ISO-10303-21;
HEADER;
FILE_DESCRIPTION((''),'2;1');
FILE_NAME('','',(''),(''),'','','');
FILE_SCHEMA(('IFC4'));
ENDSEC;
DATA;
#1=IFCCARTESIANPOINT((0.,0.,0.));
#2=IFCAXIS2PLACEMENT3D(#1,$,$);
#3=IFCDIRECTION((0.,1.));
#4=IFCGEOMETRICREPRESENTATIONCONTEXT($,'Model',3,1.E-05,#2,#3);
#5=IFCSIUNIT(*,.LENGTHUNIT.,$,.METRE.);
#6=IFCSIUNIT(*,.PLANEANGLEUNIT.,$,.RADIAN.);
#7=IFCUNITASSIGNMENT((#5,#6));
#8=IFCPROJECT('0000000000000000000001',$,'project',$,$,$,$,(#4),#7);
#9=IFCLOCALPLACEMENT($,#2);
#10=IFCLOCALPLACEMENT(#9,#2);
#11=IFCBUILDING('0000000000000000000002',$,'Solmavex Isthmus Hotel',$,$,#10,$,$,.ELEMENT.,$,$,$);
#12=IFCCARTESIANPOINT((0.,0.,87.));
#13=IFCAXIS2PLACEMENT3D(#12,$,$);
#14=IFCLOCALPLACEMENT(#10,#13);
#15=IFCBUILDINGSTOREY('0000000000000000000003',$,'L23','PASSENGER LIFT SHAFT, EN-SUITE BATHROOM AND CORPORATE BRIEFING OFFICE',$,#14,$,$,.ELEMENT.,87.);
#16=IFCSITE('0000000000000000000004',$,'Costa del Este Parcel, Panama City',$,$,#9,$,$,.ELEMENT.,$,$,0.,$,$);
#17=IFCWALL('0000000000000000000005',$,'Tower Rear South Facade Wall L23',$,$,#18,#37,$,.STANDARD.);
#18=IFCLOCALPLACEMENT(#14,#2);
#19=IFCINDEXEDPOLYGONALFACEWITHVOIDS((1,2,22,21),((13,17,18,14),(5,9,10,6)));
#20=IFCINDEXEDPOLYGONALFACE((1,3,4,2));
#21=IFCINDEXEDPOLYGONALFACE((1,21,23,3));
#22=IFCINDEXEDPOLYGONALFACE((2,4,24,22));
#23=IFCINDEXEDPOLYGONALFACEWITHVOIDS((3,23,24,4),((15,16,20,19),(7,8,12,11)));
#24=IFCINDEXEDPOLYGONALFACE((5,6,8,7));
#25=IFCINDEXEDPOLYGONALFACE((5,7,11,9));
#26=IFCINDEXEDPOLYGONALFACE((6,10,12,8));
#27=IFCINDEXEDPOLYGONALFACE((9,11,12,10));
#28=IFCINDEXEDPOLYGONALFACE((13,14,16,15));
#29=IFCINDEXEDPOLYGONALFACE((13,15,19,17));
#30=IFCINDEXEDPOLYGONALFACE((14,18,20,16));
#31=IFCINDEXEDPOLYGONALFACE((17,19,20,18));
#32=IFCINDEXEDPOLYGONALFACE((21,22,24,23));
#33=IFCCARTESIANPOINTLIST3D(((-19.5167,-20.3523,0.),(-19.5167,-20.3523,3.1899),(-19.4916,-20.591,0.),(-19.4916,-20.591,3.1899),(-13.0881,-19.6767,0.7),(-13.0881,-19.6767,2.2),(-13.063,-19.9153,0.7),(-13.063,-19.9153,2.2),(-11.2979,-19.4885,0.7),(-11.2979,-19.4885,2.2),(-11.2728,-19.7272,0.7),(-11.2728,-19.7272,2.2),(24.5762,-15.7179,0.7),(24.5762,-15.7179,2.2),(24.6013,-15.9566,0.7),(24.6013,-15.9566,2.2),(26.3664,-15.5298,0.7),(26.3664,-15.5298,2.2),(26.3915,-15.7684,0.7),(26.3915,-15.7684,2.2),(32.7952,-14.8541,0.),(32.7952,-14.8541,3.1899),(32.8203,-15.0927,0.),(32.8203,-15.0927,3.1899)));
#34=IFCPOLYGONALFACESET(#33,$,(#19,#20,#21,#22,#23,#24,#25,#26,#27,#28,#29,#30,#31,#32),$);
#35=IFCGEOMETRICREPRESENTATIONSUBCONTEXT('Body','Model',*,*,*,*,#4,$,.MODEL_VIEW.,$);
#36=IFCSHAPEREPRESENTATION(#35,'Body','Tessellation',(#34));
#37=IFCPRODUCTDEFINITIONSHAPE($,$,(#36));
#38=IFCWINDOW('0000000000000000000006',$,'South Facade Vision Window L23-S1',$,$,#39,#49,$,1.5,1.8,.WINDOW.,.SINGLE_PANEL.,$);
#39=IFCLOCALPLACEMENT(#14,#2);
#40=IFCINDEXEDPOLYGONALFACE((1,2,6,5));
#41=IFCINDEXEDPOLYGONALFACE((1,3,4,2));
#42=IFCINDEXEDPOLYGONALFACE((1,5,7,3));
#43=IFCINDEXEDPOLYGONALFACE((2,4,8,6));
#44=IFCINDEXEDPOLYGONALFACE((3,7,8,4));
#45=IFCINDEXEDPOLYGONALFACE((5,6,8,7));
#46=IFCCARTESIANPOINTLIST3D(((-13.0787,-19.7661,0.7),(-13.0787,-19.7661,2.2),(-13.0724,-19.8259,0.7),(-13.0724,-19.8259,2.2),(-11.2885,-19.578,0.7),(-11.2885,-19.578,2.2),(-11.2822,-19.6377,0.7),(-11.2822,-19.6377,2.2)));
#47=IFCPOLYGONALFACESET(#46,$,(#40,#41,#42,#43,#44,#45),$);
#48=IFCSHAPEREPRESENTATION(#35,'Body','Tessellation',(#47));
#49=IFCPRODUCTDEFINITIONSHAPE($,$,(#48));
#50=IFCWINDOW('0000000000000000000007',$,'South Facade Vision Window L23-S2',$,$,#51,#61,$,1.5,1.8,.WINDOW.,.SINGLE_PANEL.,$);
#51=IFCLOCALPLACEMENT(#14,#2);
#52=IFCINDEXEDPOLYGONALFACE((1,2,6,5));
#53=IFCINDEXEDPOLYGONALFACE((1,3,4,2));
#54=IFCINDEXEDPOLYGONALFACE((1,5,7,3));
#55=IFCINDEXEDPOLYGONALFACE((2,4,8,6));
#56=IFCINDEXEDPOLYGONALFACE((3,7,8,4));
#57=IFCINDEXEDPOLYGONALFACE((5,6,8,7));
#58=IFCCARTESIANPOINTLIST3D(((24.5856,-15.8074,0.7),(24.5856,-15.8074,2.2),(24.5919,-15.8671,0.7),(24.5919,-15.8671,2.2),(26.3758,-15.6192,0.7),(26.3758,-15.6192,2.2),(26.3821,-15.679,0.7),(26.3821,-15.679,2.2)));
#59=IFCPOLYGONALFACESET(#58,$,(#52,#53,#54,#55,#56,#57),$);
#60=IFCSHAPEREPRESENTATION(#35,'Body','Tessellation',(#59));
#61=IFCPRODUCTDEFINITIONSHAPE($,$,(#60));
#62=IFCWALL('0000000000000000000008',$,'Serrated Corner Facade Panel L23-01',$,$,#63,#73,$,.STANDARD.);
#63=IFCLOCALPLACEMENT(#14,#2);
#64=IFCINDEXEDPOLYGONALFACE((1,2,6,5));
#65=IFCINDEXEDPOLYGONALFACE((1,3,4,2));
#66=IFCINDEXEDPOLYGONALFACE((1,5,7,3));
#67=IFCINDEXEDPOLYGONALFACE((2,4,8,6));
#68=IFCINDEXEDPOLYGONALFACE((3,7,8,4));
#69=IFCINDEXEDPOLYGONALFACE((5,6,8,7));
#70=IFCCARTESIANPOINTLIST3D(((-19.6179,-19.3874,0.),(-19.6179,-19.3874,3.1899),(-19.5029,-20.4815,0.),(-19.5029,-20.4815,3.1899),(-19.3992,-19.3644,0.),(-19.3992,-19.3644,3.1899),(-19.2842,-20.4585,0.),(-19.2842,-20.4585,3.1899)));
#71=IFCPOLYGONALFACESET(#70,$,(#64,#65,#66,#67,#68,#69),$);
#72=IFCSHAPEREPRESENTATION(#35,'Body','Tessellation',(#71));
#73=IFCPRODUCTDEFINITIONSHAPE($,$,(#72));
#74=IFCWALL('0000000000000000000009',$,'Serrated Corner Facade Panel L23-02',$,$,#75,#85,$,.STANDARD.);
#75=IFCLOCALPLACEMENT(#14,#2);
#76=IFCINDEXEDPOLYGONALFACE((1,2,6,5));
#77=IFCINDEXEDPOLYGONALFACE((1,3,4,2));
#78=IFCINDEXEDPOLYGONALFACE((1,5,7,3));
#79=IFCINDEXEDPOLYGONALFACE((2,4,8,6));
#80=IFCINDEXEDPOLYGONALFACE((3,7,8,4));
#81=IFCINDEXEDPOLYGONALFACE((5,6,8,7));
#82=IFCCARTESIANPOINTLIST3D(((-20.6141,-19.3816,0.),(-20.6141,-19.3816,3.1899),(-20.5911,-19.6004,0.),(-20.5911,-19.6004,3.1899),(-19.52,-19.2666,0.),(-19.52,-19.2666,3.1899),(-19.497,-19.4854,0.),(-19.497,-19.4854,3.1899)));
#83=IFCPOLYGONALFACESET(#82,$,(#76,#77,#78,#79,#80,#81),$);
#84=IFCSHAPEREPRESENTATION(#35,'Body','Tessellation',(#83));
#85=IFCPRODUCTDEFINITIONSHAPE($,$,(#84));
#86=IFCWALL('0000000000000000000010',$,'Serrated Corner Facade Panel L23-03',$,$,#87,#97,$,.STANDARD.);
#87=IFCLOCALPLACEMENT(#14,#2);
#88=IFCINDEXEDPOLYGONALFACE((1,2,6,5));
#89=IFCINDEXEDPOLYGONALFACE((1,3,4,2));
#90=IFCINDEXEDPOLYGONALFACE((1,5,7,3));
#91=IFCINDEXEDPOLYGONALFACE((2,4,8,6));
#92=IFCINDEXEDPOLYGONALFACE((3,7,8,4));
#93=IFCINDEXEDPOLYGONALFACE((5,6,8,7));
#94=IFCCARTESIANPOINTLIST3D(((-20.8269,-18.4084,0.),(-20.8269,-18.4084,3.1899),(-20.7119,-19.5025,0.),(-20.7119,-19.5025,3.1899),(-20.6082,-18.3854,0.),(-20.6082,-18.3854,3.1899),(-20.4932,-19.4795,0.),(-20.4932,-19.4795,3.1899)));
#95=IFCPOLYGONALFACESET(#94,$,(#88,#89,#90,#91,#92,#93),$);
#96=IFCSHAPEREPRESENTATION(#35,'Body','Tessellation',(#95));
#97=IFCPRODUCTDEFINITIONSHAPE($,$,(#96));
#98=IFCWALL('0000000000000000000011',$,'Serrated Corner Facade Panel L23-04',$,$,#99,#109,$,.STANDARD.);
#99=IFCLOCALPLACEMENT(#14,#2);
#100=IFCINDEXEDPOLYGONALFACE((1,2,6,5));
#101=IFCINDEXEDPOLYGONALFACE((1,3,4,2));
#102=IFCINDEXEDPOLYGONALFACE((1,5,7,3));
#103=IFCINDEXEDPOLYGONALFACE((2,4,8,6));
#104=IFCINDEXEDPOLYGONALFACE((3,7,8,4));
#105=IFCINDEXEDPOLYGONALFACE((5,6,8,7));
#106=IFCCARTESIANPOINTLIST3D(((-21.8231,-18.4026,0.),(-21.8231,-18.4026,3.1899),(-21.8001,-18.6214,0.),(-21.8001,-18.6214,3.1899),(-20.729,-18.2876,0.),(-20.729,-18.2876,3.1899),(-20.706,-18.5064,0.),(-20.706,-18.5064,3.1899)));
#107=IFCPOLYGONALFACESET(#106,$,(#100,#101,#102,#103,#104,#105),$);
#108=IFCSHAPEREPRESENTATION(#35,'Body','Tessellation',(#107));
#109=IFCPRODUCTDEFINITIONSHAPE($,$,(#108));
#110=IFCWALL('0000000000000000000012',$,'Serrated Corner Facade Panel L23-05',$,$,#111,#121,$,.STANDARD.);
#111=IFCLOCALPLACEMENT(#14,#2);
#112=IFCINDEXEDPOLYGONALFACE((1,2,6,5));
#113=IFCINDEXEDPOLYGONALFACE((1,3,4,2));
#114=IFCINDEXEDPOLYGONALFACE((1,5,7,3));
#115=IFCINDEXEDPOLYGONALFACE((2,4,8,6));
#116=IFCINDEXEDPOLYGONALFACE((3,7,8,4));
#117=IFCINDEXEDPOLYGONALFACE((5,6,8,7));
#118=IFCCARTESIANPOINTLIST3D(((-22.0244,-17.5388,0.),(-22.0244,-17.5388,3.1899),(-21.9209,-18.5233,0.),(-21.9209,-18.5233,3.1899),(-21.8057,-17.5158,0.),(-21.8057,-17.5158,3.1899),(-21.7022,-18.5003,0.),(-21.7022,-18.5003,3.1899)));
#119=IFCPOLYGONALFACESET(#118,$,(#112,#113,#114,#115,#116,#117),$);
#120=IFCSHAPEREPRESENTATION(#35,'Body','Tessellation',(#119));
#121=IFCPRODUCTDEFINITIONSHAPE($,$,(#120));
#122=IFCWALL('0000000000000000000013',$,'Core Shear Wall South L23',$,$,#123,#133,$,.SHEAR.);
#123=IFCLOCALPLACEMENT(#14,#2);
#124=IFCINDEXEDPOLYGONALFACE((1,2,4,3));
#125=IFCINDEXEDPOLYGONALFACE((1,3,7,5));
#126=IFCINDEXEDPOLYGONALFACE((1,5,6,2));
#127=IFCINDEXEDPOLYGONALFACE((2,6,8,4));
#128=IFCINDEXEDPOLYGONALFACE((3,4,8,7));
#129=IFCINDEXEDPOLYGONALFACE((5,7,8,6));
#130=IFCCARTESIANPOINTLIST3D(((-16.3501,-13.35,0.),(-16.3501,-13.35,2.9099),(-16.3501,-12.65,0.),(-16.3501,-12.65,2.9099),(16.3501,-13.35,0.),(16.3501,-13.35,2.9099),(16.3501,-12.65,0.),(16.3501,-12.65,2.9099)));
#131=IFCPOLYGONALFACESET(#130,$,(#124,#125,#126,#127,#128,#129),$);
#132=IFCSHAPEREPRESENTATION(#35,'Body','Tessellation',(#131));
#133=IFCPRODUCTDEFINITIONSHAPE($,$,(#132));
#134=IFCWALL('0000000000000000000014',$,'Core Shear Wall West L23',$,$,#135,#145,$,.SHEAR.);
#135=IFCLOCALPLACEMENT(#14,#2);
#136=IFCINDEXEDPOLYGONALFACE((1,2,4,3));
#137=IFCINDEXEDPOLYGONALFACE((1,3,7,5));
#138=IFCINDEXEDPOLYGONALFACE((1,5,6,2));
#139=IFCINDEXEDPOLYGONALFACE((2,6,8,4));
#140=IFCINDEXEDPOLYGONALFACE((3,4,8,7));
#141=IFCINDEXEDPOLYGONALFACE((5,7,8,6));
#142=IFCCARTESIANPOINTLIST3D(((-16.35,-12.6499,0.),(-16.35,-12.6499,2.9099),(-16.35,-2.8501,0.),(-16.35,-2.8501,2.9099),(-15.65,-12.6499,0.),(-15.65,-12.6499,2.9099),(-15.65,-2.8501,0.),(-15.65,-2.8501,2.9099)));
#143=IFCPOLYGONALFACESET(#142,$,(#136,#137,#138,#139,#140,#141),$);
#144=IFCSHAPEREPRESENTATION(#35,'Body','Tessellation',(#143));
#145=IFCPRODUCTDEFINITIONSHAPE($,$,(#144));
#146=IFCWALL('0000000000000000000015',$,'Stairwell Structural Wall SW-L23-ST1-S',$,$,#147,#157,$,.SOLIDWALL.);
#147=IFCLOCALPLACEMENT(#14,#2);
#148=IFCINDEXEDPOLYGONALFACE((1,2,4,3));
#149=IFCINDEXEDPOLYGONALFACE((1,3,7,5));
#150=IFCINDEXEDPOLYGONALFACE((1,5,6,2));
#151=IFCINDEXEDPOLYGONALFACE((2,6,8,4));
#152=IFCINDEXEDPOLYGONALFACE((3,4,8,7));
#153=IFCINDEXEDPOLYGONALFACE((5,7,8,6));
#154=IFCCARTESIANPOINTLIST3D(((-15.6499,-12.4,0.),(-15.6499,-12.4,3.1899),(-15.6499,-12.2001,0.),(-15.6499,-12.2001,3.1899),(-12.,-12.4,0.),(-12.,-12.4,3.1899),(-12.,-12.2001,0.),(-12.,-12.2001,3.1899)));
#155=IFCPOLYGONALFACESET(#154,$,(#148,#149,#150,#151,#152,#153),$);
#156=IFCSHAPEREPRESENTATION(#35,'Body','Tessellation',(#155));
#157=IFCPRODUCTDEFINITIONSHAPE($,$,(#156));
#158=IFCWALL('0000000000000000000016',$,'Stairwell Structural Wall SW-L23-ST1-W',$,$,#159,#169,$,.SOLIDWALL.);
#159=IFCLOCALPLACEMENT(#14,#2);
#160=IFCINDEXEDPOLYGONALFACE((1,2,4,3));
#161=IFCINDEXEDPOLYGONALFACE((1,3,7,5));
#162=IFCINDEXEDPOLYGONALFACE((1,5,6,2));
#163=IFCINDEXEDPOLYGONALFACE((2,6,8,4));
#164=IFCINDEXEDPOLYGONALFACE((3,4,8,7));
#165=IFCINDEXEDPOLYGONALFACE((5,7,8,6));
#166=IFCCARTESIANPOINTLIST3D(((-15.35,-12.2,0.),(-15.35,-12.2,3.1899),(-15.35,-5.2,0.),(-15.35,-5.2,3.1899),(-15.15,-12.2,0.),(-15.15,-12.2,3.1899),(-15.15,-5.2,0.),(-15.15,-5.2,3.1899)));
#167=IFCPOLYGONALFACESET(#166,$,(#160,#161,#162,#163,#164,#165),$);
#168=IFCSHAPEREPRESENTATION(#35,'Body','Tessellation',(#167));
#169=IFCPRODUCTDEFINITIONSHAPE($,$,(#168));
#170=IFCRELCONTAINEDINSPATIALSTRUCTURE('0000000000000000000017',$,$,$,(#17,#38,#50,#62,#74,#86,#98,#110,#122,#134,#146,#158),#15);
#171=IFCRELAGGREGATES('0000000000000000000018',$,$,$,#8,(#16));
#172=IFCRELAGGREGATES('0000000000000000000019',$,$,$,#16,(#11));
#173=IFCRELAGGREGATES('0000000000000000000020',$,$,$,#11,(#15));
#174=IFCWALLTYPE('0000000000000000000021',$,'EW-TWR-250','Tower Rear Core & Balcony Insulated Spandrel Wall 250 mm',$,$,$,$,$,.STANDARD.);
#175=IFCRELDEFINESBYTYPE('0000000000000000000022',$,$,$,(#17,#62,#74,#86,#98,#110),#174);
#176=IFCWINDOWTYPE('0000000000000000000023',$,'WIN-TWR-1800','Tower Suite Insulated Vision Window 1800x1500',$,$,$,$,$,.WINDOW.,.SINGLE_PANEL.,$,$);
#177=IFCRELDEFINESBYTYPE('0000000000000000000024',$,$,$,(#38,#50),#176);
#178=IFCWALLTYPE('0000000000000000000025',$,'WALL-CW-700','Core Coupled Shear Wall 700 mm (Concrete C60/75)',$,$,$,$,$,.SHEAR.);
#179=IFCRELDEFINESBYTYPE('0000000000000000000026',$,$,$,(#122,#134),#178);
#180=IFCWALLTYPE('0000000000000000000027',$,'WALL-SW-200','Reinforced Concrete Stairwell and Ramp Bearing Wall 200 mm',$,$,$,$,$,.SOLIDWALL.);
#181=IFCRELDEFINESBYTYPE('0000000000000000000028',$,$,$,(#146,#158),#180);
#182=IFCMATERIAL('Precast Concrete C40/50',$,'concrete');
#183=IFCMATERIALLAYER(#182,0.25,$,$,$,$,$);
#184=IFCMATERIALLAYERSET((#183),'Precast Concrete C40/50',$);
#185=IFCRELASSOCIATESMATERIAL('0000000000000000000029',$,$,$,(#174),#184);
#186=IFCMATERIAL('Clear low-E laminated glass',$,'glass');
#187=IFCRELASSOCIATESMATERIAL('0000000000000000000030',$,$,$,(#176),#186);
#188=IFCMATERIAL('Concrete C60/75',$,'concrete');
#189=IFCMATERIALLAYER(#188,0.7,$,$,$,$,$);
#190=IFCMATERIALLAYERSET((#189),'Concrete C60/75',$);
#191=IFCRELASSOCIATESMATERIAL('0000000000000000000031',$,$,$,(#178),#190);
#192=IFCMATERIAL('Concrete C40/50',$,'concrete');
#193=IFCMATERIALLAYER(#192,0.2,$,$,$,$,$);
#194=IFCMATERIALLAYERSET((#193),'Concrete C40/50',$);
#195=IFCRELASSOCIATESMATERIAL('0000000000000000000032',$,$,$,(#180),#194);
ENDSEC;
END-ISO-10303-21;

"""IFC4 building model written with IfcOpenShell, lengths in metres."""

from ifc_helpers import new_model, si_unit, direction, frame, frame_2d, origin, place, context, subcontext, project, spatial, rectangle, extrude, material, layer, layer_set, type_object, element, fill, save


model = new_model("IFC4")

# Units and contexts
model_context = context("Model", 3, precision=1e-05, world=origin(), true_north=direction((0.0, 1.0)))
body_context = subcontext(model_context, "Body", "Model", "MODEL_VIEW")
ifc_project = project(units=[si_unit("LENGTHUNIT", "METRE"), si_unit("PLANEANGLEUNIT", "RADIAN")], contexts=[model_context])

# Site, building, storey
site_placement = place(None, origin())
site = spatial("IfcSite", under=ifc_project, at=site_placement, Name="Costa del Este Parcel, Panama City", CompositionType="ELEMENT", RefElevation=0.0)
building_placement = place(site_placement, origin())
building = spatial("IfcBuilding", under=site, at=building_placement, Name="Solmavex Isthmus Hotel", CompositionType="ELEMENT")
storey_placement = place(building_placement, frame((0.0, 0.0, 87.0)))
storey = spatial("IfcBuildingStorey", under=building, at=storey_placement, Name="L23", Description="PASSENGER LIFT SHAFT, EN-SUITE BATHROOM AND CORPORATE BRIEFING OFFICE", CompositionType="ELEMENT", Elevation=87.0)

# Shared definitions
ifc_material_1 = material(Name="Concrete C60/75", Category="concrete")

# Shared definitions
ifc_material_2 = material(Name="Clear low-E laminated glass", Category="glass")

# Wall, openings, windows
ifc_material_3 = material(Name="Precast Concrete C40/50", Category="concrete")
ifc_layer_1 = layer(ifc_material_3, 0.25)
ifc_layer_set_1 = layer_set([ifc_layer_1], Name="Precast Concrete C40/50")
wall_type_1 = type_object("IfcWallType", Name="EW-TWR-250", Description="Tower Rear Core & Balcony Insulated Spandrel Wall 250 mm", PredefinedType="STANDARD", material=ifc_layer_set_1)
wall_1_placement = place(storey_placement, frame((-19.5042, -20.4717, 0.0), z_axis=(0.0, 0.0, 1.0), x_axis=(0.994522, 0.10453, 0.0)))
wall_1 = element("IfcWall", 1, at=wall_1_placement, inside=storey, type_object=wall_type_1, Name="Tower Rear South Facade Wall L23", PredefinedType="STANDARD", context=body_context, shape_type="SweptSolid", body=[
    extrude(rectangle(XDim=52.6001, YDim=0.24, at=frame_2d((26.3, 0.0))), origin(), (0.0, 0.0, 1.0), 3.1899),
])
opening_1_placement = place(wall_1_placement, frame((6.4641, 0.0, 0.7)))
opening_1 = element("IfcOpeningElement", 2, at=opening_1_placement, cuts=wall_1, PredefinedType="OPENING", context=body_context, shape_type="SweptSolid", body=[
    extrude(rectangle(XDim=1.8, YDim=1.5, at=frame_2d((0.8999, 0.75))), frame((0.0, 0.1299, 0.0), z_axis=(0.0, -1.0, 0.0), x_axis=(1.0, 0.0, 0.0)), (0.0, 0.0, 1.0), 0.26),
])
opening_2_placement = place(wall_1_placement, frame((44.3359, 0.0, 0.7)))
opening_2 = element("IfcOpeningElement", 3, at=opening_2_placement, cuts=wall_1, PredefinedType="OPENING", context=body_context, shape_type="SweptSolid", body=[
    extrude(rectangle(XDim=1.8, YDim=1.5, at=frame_2d((0.8999, 0.75))), frame((0.0, 0.1299, 0.0), z_axis=(0.0, -1.0, 0.0), x_axis=(1.0, 0.0, 0.0)), (0.0, 0.0, 1.0), 0.26),
])
window_type = type_object("IfcWindowType", Name="WIN-TWR-1800", Description="Tower Suite Insulated Vision Window 1800x1500", PartitioningType="SINGLE_PANEL", PredefinedType="WINDOW", material=ifc_material_2)
window_1_placement = place(opening_1_placement, origin())
window_1 = element("IfcWindow", 4, at=window_1_placement, inside=storey, type_object=window_type, Name="South Facade Vision Window L23-S1", OverallHeight=1.5, OverallWidth=1.8, PartitioningType="SINGLE_PANEL", PredefinedType="WINDOW", context=body_context, shape_type="SweptSolid", body=[
    extrude(rectangle(XDim=1.8, YDim=1.5, at=frame_2d((0.8999, 0.75))), frame((0.0, 0.03, 0.0), z_axis=(0.0, -1.0, 0.0), x_axis=(1.0, 0.0, 0.0)), (0.0, 0.0, 1.0), 0.0601),
])
fill(opening_1, window_1)
window_2_placement = place(opening_2_placement, origin())
window_2 = element("IfcWindow", 5, at=window_2_placement, inside=storey, type_object=window_type, Name="South Facade Vision Window L23-S2", OverallHeight=1.5, OverallWidth=1.8, PartitioningType="SINGLE_PANEL", PredefinedType="WINDOW", context=body_context, shape_type="SweptSolid", body=[
    extrude(rectangle(XDim=1.8, YDim=1.5, at=frame_2d((0.8999, 0.75))), frame((0.0, 0.03, 0.0), z_axis=(0.0, -1.0, 0.0), x_axis=(1.0, 0.0, 0.0)), (0.0, 0.0, 1.0), 0.0601),
])
fill(opening_2, window_2)

# Walls
for number, where, z_axis, x_axis, name in (
    (6, (-19.3936, -20.47, 0.0), (0.0, 0.0, 1.0), (-0.104535, 0.994521, 0.0), "Serrated Corner Facade Panel L23-01"),
    (7, (-19.5085, -19.376, 0.0), (0.0, 0.0, 1.0), (-0.994521, -0.104535, 0.0), "Serrated Corner Facade Panel L23-02"),
    (8, (-20.6025, -19.491, 0.0), (0.0, 0.0, 1.0), (-0.104535, 0.994521, 0.0), "Serrated Corner Facade Panel L23-03"),
    (9, (-20.7175, -18.397, 0.0), (0.0, 0.0, 1.0), (-0.994521, -0.104535, 0.0), "Serrated Corner Facade Panel L23-04"),
):
    element("IfcWall", number, at=place(storey_placement, frame(where, z_axis=z_axis, x_axis=x_axis)), inside=storey, type_object=wall_type_1, Name=name, PredefinedType="STANDARD", context=body_context, shape_type="SweptSolid", body=[
        extrude(rectangle(XDim=1.1001, YDim=0.22, at=frame_2d((0.55, 0.0))), origin(), (0.0, 0.0, 1.0), 3.1899),
    ])
wall_2_placement = place(storey_placement, frame((-21.8115, -18.512, 0.0), z_axis=(0.0, 0.0, 1.0), x_axis=(-0.104556, 0.994519, 0.0)))
element("IfcWall", 10, at=wall_2_placement, inside=storey, type_object=wall_type_1, Name="Serrated Corner Facade Panel L23-05", PredefinedType="STANDARD", context=body_context, shape_type="SweptSolid", body=[
    extrude(rectangle(XDim=0.99, YDim=0.22, at=frame_2d((0.4951, 0.0))), origin(), (0.0, 0.0, 1.0), 3.1899),
])
ifc_layer_2 = layer(ifc_material_1, 0.7)
ifc_layer_set_2 = layer_set([ifc_layer_2], Name="Concrete C60/75")
wall_type_2 = type_object("IfcWallType", Name="WALL-CW-700", Description="Core Coupled Shear Wall 700 mm (Concrete C60/75)", PredefinedType="SHEAR", material=ifc_layer_set_2)
wall_3_placement = place(storey_placement, frame((-16.3501, -13.0, 0.0), z_axis=(0.0, 0.0, 1.0), x_axis=(1.0, 0.0, 0.0)))
element("IfcWall", 11, at=wall_3_placement, inside=storey, type_object=wall_type_2, Name="Core Shear Wall South L23", PredefinedType="SHEAR", context=body_context, shape_type="SweptSolid", body=[
    extrude(rectangle(XDim=32.7002, YDim=0.7, at=frame_2d((16.3501, 0.0))), origin(), (0.0, 0.0, 1.0), 2.9099),
])
wall_4_placement = place(storey_placement, frame((-16.0, -12.6499, 0.0), z_axis=(0.0, 0.0, 1.0), x_axis=(0.0, 1.0, 0.0)))
element("IfcWall", 12, at=wall_4_placement, inside=storey, type_object=wall_type_2, Name="Core Shear Wall West L23", PredefinedType="SHEAR", context=body_context, shape_type="SweptSolid", body=[
    extrude(rectangle(XDim=9.7998, YDim=0.7, at=frame_2d((4.8999, 0.0))), origin(), (0.0, 0.0, 1.0), 2.9099),
])
ifc_material_4 = material(Name="Concrete C40/50", Category="concrete")
ifc_layer_3 = layer(ifc_material_4, 0.2)
ifc_layer_set_3 = layer_set([ifc_layer_3], Name="Concrete C40/50")
wall_type_3 = type_object("IfcWallType", Name="WALL-SW-200", Description="Reinforced Concrete Stairwell and Ramp Bearing Wall 200 mm", PredefinedType="SOLIDWALL", material=ifc_layer_set_3)
wall_5_placement = place(storey_placement, frame((-15.6499, -12.3, 0.0), z_axis=(0.0, 0.0, 1.0), x_axis=(1.0, 0.0, 0.0)))
element("IfcWall", 13, at=wall_5_placement, inside=storey, type_object=wall_type_3, Name="Stairwell Structural Wall SW-L23-ST1-S", PredefinedType="SOLIDWALL", context=body_context, shape_type="SweptSolid", body=[
    extrude(rectangle(XDim=3.6499, YDim=0.2, at=frame_2d((1.825, 0.0))), origin(), (0.0, 0.0, 1.0), 3.1899),
])
wall_6_placement = place(storey_placement, frame((-15.25, -12.2, 0.0), z_axis=(0.0, 0.0, 1.0), x_axis=(0.0, 1.0, 0.0)))
element("IfcWall", 14, at=wall_6_placement, inside=storey, type_object=wall_type_3, Name="Stairwell Structural Wall SW-L23-ST1-W", PredefinedType="SOLIDWALL", context=body_context, shape_type="SweptSolid", body=[
    extrude(rectangle(XDim=7.0, YDim=0.2, at=frame_2d((3.5, 0.0))), origin(), (0.0, 0.0, 1.0), 3.1899),
])

save(model, "model.ifc")
